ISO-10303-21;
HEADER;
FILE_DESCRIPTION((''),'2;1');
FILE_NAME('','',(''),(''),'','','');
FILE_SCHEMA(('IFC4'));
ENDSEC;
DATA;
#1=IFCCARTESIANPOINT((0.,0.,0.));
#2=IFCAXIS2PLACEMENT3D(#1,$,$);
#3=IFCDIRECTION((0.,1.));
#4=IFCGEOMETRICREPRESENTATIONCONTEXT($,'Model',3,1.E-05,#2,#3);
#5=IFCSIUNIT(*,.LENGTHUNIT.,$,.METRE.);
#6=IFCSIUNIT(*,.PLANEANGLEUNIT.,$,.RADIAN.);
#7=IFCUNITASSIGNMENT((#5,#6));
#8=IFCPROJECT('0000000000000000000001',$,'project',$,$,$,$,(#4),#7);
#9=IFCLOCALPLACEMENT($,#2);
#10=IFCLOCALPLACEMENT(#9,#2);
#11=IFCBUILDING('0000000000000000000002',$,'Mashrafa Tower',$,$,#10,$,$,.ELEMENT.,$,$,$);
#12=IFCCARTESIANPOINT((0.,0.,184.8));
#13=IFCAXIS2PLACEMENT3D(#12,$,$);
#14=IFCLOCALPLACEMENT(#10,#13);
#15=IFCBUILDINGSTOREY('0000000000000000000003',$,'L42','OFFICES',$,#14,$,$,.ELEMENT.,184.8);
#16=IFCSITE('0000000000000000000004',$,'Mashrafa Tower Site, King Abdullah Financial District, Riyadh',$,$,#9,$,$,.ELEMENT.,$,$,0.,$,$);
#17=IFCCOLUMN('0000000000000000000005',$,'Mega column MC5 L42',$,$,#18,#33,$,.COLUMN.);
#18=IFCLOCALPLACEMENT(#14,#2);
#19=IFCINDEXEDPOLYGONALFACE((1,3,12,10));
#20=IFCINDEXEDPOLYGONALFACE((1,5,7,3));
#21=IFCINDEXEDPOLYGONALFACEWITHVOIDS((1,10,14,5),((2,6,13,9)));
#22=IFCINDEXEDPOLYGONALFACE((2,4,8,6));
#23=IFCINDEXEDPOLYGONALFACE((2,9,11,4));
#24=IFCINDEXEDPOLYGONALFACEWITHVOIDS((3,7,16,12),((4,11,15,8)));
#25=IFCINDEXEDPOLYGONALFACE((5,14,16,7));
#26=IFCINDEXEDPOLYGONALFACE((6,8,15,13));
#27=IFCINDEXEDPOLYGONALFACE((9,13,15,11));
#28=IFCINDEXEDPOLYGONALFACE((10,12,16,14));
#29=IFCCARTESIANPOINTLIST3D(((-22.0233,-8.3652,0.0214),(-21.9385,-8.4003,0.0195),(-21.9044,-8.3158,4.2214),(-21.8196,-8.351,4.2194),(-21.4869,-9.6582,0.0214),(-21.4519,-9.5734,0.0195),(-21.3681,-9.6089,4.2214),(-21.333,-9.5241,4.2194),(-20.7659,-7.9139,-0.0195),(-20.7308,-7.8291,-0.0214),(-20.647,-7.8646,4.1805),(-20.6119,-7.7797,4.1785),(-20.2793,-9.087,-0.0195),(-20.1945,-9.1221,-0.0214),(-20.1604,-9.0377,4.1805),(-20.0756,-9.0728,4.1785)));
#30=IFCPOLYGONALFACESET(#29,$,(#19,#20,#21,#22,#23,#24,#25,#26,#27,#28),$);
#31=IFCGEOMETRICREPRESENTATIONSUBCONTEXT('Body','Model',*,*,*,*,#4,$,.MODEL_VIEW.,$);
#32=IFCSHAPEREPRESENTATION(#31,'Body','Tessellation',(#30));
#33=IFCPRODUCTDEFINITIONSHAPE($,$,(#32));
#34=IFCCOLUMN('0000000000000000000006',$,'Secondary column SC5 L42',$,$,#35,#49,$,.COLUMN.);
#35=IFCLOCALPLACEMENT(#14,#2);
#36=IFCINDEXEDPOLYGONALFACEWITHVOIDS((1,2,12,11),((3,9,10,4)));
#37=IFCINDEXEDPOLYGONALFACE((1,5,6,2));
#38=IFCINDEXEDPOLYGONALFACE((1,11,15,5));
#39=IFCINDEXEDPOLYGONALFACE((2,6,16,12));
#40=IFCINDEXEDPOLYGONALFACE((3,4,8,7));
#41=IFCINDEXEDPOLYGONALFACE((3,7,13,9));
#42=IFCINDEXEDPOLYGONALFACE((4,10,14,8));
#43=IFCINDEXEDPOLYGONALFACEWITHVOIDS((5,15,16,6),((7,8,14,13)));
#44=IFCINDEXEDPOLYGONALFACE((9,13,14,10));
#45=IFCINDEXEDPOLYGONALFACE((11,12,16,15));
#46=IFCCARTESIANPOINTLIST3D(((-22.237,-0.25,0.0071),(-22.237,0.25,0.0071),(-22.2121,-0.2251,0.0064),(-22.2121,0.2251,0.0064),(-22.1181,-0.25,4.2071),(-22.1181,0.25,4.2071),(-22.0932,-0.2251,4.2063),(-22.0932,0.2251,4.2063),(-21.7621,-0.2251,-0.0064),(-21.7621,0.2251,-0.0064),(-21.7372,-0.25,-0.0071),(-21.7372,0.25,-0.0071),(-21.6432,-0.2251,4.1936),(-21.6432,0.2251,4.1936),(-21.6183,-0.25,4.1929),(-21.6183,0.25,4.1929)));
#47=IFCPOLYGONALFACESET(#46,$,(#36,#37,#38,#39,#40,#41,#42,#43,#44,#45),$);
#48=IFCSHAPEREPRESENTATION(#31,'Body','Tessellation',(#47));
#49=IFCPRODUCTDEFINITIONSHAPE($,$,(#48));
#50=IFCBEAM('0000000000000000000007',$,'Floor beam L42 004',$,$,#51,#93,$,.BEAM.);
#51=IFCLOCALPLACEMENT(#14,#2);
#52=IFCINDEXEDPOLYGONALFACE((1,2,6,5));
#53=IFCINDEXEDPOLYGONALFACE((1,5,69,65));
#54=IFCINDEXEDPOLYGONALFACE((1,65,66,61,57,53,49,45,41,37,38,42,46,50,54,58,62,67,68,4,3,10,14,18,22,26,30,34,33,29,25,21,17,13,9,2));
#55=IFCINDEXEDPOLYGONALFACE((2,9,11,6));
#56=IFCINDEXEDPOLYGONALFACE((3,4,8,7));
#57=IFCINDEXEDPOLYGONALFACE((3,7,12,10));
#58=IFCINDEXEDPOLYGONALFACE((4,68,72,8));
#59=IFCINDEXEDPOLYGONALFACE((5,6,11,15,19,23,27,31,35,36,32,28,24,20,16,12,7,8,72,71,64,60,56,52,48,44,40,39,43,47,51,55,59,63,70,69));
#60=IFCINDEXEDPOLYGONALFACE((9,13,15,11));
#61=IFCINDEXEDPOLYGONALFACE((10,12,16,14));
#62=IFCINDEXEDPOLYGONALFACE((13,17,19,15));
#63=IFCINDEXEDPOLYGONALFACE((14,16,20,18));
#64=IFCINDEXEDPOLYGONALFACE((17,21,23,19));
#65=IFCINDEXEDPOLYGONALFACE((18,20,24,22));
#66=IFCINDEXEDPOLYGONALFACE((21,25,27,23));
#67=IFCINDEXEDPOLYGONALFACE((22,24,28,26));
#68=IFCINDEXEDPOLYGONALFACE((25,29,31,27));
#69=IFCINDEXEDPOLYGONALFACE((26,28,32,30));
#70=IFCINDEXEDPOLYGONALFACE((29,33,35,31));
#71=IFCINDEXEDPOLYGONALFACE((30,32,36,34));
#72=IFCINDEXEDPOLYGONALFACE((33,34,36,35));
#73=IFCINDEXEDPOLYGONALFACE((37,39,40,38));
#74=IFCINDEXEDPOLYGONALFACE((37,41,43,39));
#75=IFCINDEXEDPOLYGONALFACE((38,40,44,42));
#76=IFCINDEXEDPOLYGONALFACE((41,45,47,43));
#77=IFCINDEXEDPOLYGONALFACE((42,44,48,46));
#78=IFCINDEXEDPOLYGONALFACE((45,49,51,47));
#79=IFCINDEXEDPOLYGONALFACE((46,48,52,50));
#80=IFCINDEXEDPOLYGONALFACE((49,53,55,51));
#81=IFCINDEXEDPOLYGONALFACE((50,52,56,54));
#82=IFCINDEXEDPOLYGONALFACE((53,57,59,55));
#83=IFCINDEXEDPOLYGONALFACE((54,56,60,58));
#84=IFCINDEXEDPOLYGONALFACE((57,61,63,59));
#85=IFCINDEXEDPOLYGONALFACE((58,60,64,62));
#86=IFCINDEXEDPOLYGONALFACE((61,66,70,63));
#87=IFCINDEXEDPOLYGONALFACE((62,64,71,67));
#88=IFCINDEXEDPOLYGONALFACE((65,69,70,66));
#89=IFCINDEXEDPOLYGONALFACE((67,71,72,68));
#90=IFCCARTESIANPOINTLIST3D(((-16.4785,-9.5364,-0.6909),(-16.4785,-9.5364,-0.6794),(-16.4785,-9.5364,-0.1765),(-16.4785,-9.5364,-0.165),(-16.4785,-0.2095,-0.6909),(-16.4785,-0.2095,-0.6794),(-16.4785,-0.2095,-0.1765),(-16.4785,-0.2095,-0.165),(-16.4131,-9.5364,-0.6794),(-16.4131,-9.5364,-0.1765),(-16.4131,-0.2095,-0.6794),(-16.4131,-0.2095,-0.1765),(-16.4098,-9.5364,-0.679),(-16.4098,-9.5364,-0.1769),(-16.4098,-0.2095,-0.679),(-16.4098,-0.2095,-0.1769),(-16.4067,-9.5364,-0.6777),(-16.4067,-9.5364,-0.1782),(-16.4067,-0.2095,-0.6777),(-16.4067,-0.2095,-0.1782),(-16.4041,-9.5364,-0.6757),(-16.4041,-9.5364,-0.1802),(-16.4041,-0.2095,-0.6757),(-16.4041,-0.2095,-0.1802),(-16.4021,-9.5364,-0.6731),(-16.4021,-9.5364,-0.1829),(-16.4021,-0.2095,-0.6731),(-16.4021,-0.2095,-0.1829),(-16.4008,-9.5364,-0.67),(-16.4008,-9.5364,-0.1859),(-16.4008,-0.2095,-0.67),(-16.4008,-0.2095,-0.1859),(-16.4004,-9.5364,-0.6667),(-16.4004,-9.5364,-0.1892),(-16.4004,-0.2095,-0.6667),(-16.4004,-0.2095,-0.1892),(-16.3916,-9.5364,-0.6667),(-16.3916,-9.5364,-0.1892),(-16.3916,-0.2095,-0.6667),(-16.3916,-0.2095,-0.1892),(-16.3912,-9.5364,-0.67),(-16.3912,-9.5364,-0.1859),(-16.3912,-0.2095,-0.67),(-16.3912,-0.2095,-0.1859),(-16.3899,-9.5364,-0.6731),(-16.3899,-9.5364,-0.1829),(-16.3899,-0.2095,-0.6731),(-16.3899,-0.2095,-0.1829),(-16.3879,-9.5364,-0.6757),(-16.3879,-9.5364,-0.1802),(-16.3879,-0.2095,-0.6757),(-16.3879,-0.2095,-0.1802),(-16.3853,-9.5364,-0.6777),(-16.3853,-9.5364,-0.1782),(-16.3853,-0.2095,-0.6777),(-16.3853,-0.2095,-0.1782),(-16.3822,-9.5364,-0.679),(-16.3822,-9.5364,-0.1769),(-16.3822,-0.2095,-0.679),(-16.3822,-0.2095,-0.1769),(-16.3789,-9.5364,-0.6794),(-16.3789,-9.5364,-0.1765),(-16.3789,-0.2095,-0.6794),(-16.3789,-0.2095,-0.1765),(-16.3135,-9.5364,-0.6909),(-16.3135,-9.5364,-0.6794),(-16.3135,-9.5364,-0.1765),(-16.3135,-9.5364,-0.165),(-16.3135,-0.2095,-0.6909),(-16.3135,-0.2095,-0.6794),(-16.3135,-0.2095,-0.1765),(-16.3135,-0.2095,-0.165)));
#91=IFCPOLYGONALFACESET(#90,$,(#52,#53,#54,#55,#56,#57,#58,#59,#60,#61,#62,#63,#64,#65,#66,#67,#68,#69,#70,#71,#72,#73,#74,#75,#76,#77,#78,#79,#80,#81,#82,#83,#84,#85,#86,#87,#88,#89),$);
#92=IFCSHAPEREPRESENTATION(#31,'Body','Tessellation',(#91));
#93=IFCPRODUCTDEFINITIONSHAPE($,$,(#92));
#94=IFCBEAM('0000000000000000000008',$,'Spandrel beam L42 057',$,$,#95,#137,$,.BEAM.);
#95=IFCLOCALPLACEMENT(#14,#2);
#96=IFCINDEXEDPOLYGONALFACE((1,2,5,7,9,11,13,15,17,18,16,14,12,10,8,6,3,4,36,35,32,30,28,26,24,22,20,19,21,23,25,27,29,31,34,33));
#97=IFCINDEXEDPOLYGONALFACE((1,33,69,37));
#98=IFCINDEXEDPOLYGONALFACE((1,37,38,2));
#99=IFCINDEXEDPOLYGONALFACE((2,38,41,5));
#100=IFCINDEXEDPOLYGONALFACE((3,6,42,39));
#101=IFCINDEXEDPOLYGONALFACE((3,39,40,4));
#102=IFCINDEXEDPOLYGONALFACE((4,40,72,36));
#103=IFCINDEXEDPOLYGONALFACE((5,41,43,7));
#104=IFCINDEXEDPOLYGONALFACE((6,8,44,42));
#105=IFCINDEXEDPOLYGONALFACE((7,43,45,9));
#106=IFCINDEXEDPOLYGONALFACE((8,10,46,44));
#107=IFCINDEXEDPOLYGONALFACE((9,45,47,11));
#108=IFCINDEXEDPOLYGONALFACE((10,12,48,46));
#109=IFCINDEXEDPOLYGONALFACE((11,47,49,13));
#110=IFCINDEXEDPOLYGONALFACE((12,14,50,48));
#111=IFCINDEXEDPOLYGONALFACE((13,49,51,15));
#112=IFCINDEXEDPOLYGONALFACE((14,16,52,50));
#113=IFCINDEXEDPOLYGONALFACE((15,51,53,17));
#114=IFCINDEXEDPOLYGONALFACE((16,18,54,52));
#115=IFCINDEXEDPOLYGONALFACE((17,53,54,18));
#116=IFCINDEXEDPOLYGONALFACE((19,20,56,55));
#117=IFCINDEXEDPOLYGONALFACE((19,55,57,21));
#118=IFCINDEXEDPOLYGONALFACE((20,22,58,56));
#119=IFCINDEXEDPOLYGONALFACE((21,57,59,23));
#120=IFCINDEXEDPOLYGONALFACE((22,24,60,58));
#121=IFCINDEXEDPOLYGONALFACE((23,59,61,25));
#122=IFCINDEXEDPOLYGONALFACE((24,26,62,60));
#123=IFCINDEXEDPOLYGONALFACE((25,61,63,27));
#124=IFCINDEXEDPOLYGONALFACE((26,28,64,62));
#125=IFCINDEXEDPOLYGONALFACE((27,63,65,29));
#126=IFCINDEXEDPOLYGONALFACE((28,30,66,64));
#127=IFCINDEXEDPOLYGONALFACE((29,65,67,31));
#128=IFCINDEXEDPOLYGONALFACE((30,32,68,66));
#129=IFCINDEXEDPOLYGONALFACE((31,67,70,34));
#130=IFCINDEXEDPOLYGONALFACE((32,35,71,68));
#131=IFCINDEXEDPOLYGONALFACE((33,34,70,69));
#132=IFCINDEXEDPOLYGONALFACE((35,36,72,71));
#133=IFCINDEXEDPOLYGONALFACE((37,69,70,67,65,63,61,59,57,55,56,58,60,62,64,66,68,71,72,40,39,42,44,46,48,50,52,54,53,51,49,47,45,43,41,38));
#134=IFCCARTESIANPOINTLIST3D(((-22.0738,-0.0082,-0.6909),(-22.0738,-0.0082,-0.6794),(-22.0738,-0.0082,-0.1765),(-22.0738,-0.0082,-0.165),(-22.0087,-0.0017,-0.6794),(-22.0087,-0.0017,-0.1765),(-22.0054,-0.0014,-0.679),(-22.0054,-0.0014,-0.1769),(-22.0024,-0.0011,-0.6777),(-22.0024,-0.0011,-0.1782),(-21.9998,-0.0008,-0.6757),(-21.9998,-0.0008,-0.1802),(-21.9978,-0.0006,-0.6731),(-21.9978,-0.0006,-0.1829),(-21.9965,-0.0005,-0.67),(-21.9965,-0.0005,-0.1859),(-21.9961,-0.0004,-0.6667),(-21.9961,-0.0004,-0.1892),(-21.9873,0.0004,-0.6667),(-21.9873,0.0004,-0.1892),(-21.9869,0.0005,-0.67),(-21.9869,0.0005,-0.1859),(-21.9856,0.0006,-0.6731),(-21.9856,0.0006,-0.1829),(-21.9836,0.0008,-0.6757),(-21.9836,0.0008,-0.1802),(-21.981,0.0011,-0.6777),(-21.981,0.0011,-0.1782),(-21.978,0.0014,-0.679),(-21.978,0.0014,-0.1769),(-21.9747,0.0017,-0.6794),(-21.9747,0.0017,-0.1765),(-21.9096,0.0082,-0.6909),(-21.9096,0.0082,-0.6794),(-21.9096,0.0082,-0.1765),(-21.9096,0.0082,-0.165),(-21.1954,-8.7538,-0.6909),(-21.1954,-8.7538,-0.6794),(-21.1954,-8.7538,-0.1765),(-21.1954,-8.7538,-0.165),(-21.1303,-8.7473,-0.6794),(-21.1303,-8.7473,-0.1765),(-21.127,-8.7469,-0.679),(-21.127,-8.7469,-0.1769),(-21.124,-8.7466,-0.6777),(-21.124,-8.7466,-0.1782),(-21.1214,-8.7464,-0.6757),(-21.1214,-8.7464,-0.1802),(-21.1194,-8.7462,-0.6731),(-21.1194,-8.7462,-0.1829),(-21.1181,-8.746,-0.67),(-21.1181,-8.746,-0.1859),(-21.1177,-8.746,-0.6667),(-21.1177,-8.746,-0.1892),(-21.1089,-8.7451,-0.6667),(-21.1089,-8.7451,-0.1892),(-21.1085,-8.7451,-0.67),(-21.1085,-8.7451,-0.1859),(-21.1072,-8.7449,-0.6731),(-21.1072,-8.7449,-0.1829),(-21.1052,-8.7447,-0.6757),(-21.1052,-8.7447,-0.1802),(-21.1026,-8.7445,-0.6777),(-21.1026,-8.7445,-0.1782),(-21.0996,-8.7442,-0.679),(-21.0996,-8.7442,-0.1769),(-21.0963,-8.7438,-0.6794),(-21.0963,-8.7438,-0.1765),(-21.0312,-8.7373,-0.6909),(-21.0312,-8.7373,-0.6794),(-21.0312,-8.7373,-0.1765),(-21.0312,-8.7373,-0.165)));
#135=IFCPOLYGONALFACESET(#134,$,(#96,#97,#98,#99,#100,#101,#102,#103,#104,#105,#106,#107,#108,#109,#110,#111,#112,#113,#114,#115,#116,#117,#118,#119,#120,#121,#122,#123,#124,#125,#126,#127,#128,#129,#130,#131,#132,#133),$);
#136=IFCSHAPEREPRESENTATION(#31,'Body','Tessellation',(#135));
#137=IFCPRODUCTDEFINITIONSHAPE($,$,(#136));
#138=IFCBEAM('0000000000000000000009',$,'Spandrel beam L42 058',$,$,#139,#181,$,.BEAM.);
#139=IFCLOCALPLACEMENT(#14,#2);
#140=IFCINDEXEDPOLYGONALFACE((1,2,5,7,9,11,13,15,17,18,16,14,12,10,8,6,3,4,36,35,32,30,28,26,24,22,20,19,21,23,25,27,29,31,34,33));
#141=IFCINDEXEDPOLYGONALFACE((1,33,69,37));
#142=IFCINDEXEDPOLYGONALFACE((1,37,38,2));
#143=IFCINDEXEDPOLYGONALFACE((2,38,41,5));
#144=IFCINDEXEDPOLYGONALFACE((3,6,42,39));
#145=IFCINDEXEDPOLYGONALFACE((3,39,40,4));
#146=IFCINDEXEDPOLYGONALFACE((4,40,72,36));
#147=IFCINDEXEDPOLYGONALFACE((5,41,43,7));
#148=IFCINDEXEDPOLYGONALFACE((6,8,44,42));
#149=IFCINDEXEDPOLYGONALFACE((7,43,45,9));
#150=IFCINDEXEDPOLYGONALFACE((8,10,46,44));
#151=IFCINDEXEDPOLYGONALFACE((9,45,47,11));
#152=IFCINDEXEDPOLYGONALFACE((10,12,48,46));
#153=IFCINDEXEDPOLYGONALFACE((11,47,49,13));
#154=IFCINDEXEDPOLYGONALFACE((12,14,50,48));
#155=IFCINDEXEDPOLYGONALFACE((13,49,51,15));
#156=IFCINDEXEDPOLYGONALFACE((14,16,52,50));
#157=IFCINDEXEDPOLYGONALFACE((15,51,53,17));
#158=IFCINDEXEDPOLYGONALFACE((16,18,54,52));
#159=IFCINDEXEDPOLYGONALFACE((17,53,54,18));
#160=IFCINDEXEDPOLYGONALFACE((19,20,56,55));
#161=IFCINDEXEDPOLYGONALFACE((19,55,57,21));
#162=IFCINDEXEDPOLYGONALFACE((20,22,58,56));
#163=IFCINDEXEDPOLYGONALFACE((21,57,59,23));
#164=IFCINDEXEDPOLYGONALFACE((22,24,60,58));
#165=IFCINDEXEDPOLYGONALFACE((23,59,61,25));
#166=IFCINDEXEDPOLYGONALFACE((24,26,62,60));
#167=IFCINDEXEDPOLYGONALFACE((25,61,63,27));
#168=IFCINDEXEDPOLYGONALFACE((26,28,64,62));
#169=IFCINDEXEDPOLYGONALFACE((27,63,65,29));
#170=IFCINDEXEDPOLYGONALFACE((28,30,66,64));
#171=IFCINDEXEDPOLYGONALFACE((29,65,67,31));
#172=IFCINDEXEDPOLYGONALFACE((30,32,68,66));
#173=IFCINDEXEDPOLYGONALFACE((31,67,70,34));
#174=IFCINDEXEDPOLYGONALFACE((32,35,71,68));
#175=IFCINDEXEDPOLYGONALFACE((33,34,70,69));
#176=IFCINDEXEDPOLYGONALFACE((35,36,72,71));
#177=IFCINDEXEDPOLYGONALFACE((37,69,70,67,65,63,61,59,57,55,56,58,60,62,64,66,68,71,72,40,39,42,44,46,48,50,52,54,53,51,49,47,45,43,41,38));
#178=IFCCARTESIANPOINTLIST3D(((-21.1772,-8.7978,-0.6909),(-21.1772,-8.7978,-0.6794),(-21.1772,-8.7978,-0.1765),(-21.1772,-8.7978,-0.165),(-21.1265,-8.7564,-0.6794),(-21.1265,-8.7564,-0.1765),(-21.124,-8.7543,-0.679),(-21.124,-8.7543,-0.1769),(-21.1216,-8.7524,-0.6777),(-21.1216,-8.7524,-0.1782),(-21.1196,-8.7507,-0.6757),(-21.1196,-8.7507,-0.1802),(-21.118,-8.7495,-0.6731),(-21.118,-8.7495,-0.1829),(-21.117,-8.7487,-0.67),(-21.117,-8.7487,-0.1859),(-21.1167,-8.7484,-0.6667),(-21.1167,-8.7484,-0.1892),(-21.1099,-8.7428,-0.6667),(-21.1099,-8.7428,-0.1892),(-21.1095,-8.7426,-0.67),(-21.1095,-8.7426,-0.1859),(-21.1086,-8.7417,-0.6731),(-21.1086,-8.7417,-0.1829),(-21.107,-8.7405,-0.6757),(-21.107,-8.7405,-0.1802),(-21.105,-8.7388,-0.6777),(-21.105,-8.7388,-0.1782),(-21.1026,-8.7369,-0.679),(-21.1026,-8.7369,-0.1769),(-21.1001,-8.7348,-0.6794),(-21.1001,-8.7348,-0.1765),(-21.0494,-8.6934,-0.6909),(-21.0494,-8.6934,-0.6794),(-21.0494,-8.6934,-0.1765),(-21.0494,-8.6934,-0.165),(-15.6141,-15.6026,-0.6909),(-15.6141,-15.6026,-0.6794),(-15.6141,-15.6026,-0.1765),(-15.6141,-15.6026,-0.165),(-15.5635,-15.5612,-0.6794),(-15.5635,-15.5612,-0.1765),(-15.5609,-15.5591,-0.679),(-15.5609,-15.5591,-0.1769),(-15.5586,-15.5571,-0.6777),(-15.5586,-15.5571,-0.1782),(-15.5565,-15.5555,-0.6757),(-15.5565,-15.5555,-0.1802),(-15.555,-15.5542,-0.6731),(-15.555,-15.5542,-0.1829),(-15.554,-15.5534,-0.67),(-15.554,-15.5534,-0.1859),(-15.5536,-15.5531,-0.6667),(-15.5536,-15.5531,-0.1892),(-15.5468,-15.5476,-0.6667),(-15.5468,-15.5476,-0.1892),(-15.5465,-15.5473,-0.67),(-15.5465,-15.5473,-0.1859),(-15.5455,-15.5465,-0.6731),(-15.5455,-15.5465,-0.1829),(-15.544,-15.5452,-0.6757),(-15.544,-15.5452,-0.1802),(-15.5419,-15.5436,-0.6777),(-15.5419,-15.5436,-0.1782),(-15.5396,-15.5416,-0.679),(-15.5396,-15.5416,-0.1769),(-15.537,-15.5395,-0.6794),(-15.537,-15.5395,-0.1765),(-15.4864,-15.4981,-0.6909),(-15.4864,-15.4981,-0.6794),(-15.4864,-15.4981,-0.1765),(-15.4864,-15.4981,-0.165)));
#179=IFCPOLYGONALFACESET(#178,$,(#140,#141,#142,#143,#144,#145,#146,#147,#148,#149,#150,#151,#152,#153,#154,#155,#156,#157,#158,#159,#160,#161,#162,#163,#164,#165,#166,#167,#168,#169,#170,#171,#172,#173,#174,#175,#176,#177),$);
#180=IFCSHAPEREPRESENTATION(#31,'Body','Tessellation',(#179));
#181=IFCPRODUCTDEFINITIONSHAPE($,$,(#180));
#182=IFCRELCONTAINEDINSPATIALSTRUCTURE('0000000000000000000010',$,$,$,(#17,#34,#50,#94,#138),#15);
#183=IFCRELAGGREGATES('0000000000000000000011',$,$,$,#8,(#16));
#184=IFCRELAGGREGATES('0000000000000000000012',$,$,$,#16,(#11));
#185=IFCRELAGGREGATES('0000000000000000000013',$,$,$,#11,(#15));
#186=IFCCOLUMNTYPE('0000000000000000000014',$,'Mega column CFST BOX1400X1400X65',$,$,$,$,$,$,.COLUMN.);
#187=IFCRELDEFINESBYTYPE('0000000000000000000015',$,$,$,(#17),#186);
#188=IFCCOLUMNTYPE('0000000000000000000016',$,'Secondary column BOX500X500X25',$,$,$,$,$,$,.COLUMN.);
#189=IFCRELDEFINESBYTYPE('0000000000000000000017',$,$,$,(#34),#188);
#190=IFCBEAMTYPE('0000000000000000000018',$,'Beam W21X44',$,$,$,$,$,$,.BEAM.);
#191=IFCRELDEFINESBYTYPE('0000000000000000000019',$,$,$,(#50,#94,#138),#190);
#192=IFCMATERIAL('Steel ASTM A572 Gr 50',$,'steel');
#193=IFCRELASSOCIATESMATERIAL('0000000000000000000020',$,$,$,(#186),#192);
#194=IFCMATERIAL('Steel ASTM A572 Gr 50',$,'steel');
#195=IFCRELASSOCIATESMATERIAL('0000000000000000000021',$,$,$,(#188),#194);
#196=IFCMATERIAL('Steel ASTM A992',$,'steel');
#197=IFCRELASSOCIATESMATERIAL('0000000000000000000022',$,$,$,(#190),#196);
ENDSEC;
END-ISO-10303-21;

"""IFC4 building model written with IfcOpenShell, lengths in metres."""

from ifc_helpers import new_model, si_unit, direction, frame, origin, origin_2d, place, context, subcontext, project, spatial, hollow_rectangle, i_section, extrude, material, material_profile, profile_set, type_object, element, save


model = new_model("IFC4")

# Units and contexts
model_context = context("Model", 3, precision=1e-05, world=origin(), true_north=direction((0.0, 1.0)))
body_context = subcontext(model_context, "Body", "Model", "MODEL_VIEW")
ifc_project = project(units=[si_unit("LENGTHUNIT", "METRE"), si_unit("PLANEANGLEUNIT", "RADIAN")], contexts=[model_context])

# Site, building, storey
site_placement = place(None, origin())
site = spatial("IfcSite", under=ifc_project, at=site_placement, Name="Mashrafa Tower Site, King Abdullah Financial District, Riyadh", CompositionType="ELEMENT", RefElevation=0.0)
building_placement = place(site_placement, origin())
building = spatial("IfcBuilding", under=site, at=building_placement, Name="Mashrafa Tower", CompositionType="ELEMENT")
storey_placement = place(building_placement, frame((0.0, 0.0, 184.8)))
storey = spatial("IfcBuildingStorey", under=building, at=storey_placement, Name="L42", Description="OFFICES", CompositionType="ELEMENT", Elevation=184.8)

# Columns
ifc_material_1 = material(Name="Steel ASTM A572 Gr 50", Category="steel")
ifc_material_profile_1 = material_profile(ifc_material_1, hollow_rectangle(XDim=1.3999, YDim=1.3999, WallThickness=0.0649, at=origin_2d()), Name="BOX1400X1400X65")
ifc_profile_set_1 = profile_set([ifc_material_profile_1], Name="Steel ASTM A572 Gr 50")
column_type_1 = type_object("IfcColumnType", Name="Mega column CFST BOX1400X1400X65", PredefinedType="COLUMN", material=ifc_profile_set_1)
column_1_placement = place(storey_placement, frame((-21.1089, -8.7437, 0.0), z_axis=(0.028296, 0.011737, 0.999531), x_axis=(-0.383133, 0.923693, 0.0)))
element("IfcColumn", 1, at=column_1_placement, inside=storey, type_object=column_type_1, Name="Mega column MC5 L42", PredefinedType="COLUMN", context=body_context, shape_type="SweptSolid", body=[
    extrude(hollow_rectangle(XDim=1.3999, YDim=1.3999, WallThickness=0.0649, at=origin_2d()), origin(), (0.0, 0.0, 1.0), 4.2019),
])
ifc_material_2 = material(Name="Steel ASTM A572 Gr 50", Category="steel")
ifc_material_profile_2 = material_profile(ifc_material_2, hollow_rectangle(XDim=0.5, YDim=0.5, WallThickness=0.0249, at=origin_2d()), Name="BOX500X500X25")
ifc_profile_set_2 = profile_set([ifc_material_profile_2], Name="Steel ASTM A572 Gr 50")
column_type_2 = type_object("IfcColumnType", Name="Secondary column BOX500X500X25", PredefinedType="COLUMN", material=ifc_profile_set_2)
column_2_placement = place(storey_placement, frame((-21.9871, 0.0, 0.0), z_axis=(0.028298, 0.0, 0.9996), x_axis=(0.0, 1.0, 0.0)))
element("IfcColumn", 2, at=column_2_placement, inside=storey, type_object=column_type_2, Name="Secondary column SC5 L42", PredefinedType="COLUMN", context=body_context, shape_type="SweptSolid", body=[
    extrude(hollow_rectangle(XDim=0.5, YDim=0.5, WallThickness=0.0249, at=origin_2d()), origin(), (0.0, 0.0, 1.0), 4.2017),
])

# Beams
ifc_material_3 = material(Name="Steel ASTM A992", Category="steel")
ifc_material_profile_3 = material_profile(ifc_material_3, i_section(OverallWidth=0.165, OverallDepth=0.5259, WebThickness=0.0088, FlangeThickness=0.0115, FilletRadius=0.0127, at=origin_2d()), Name="W21X44")
ifc_profile_set_3 = profile_set([ifc_material_profile_3], Name="Steel ASTM A992")
beam_type_1 = type_object("IfcBeamType", Name="Beam W21X44", PredefinedType="BEAM", material=ifc_profile_set_3)
beam_1_placement = place(storey_placement, frame((-16.396, -9.5364, -0.428), z_axis=(0.0, 1.0, 0.0), x_axis=(-1.0, 0.0, 0.0)))
element("IfcBeam", 3, at=beam_1_placement, inside=storey, type_object=beam_type_1, Name="Floor beam L42 004", PredefinedType="BEAM", context=body_context, shape_type="SweptSolid", body=[
    extrude(i_section(OverallWidth=0.165, OverallDepth=0.5259, WebThickness=0.0088, FlangeThickness=0.0115, FilletRadius=0.0127, at=origin_2d()), origin(), (0.0, 0.0, 1.0), 9.3269),
])
beam_2_placement = place(storey_placement, frame((-21.9917, 0.0, -0.428), z_axis=(0.099938, -0.994994, 0.0), x_axis=(0.994994, 0.099938, 0.0)))
element("IfcBeam", 4, at=beam_2_placement, inside=storey, type_object=beam_type_1, Name="Spandrel beam L42 057", PredefinedType="BEAM", context=body_context, shape_type="SweptSolid", body=[
    extrude(i_section(OverallWidth=0.165, OverallDepth=0.5259, WebThickness=0.0088, FlangeThickness=0.0115, FilletRadius=0.0127, at=origin_2d()), origin(), (0.0, 0.0, 1.0), 8.7896),
])
beam_3_placement = place(storey_placement, frame((-21.1133, -8.7456, -0.428), z_axis=(0.632932, -0.774207, 0.0), x_axis=(0.774207, 0.632932, 0.0)))
element("IfcBeam", 5, at=beam_3_placement, inside=storey, type_object=beam_type_1, Name="Spandrel beam L42 058", PredefinedType="BEAM", context=body_context, shape_type="SweptSolid", body=[
    extrude(i_section(OverallWidth=0.165, OverallDepth=0.5259, WebThickness=0.0088, FlangeThickness=0.0115, FilletRadius=0.0127, at=origin_2d()), origin(), (0.0, 0.0, 1.0), 8.7893),
])

save(model, "model.ifc")
